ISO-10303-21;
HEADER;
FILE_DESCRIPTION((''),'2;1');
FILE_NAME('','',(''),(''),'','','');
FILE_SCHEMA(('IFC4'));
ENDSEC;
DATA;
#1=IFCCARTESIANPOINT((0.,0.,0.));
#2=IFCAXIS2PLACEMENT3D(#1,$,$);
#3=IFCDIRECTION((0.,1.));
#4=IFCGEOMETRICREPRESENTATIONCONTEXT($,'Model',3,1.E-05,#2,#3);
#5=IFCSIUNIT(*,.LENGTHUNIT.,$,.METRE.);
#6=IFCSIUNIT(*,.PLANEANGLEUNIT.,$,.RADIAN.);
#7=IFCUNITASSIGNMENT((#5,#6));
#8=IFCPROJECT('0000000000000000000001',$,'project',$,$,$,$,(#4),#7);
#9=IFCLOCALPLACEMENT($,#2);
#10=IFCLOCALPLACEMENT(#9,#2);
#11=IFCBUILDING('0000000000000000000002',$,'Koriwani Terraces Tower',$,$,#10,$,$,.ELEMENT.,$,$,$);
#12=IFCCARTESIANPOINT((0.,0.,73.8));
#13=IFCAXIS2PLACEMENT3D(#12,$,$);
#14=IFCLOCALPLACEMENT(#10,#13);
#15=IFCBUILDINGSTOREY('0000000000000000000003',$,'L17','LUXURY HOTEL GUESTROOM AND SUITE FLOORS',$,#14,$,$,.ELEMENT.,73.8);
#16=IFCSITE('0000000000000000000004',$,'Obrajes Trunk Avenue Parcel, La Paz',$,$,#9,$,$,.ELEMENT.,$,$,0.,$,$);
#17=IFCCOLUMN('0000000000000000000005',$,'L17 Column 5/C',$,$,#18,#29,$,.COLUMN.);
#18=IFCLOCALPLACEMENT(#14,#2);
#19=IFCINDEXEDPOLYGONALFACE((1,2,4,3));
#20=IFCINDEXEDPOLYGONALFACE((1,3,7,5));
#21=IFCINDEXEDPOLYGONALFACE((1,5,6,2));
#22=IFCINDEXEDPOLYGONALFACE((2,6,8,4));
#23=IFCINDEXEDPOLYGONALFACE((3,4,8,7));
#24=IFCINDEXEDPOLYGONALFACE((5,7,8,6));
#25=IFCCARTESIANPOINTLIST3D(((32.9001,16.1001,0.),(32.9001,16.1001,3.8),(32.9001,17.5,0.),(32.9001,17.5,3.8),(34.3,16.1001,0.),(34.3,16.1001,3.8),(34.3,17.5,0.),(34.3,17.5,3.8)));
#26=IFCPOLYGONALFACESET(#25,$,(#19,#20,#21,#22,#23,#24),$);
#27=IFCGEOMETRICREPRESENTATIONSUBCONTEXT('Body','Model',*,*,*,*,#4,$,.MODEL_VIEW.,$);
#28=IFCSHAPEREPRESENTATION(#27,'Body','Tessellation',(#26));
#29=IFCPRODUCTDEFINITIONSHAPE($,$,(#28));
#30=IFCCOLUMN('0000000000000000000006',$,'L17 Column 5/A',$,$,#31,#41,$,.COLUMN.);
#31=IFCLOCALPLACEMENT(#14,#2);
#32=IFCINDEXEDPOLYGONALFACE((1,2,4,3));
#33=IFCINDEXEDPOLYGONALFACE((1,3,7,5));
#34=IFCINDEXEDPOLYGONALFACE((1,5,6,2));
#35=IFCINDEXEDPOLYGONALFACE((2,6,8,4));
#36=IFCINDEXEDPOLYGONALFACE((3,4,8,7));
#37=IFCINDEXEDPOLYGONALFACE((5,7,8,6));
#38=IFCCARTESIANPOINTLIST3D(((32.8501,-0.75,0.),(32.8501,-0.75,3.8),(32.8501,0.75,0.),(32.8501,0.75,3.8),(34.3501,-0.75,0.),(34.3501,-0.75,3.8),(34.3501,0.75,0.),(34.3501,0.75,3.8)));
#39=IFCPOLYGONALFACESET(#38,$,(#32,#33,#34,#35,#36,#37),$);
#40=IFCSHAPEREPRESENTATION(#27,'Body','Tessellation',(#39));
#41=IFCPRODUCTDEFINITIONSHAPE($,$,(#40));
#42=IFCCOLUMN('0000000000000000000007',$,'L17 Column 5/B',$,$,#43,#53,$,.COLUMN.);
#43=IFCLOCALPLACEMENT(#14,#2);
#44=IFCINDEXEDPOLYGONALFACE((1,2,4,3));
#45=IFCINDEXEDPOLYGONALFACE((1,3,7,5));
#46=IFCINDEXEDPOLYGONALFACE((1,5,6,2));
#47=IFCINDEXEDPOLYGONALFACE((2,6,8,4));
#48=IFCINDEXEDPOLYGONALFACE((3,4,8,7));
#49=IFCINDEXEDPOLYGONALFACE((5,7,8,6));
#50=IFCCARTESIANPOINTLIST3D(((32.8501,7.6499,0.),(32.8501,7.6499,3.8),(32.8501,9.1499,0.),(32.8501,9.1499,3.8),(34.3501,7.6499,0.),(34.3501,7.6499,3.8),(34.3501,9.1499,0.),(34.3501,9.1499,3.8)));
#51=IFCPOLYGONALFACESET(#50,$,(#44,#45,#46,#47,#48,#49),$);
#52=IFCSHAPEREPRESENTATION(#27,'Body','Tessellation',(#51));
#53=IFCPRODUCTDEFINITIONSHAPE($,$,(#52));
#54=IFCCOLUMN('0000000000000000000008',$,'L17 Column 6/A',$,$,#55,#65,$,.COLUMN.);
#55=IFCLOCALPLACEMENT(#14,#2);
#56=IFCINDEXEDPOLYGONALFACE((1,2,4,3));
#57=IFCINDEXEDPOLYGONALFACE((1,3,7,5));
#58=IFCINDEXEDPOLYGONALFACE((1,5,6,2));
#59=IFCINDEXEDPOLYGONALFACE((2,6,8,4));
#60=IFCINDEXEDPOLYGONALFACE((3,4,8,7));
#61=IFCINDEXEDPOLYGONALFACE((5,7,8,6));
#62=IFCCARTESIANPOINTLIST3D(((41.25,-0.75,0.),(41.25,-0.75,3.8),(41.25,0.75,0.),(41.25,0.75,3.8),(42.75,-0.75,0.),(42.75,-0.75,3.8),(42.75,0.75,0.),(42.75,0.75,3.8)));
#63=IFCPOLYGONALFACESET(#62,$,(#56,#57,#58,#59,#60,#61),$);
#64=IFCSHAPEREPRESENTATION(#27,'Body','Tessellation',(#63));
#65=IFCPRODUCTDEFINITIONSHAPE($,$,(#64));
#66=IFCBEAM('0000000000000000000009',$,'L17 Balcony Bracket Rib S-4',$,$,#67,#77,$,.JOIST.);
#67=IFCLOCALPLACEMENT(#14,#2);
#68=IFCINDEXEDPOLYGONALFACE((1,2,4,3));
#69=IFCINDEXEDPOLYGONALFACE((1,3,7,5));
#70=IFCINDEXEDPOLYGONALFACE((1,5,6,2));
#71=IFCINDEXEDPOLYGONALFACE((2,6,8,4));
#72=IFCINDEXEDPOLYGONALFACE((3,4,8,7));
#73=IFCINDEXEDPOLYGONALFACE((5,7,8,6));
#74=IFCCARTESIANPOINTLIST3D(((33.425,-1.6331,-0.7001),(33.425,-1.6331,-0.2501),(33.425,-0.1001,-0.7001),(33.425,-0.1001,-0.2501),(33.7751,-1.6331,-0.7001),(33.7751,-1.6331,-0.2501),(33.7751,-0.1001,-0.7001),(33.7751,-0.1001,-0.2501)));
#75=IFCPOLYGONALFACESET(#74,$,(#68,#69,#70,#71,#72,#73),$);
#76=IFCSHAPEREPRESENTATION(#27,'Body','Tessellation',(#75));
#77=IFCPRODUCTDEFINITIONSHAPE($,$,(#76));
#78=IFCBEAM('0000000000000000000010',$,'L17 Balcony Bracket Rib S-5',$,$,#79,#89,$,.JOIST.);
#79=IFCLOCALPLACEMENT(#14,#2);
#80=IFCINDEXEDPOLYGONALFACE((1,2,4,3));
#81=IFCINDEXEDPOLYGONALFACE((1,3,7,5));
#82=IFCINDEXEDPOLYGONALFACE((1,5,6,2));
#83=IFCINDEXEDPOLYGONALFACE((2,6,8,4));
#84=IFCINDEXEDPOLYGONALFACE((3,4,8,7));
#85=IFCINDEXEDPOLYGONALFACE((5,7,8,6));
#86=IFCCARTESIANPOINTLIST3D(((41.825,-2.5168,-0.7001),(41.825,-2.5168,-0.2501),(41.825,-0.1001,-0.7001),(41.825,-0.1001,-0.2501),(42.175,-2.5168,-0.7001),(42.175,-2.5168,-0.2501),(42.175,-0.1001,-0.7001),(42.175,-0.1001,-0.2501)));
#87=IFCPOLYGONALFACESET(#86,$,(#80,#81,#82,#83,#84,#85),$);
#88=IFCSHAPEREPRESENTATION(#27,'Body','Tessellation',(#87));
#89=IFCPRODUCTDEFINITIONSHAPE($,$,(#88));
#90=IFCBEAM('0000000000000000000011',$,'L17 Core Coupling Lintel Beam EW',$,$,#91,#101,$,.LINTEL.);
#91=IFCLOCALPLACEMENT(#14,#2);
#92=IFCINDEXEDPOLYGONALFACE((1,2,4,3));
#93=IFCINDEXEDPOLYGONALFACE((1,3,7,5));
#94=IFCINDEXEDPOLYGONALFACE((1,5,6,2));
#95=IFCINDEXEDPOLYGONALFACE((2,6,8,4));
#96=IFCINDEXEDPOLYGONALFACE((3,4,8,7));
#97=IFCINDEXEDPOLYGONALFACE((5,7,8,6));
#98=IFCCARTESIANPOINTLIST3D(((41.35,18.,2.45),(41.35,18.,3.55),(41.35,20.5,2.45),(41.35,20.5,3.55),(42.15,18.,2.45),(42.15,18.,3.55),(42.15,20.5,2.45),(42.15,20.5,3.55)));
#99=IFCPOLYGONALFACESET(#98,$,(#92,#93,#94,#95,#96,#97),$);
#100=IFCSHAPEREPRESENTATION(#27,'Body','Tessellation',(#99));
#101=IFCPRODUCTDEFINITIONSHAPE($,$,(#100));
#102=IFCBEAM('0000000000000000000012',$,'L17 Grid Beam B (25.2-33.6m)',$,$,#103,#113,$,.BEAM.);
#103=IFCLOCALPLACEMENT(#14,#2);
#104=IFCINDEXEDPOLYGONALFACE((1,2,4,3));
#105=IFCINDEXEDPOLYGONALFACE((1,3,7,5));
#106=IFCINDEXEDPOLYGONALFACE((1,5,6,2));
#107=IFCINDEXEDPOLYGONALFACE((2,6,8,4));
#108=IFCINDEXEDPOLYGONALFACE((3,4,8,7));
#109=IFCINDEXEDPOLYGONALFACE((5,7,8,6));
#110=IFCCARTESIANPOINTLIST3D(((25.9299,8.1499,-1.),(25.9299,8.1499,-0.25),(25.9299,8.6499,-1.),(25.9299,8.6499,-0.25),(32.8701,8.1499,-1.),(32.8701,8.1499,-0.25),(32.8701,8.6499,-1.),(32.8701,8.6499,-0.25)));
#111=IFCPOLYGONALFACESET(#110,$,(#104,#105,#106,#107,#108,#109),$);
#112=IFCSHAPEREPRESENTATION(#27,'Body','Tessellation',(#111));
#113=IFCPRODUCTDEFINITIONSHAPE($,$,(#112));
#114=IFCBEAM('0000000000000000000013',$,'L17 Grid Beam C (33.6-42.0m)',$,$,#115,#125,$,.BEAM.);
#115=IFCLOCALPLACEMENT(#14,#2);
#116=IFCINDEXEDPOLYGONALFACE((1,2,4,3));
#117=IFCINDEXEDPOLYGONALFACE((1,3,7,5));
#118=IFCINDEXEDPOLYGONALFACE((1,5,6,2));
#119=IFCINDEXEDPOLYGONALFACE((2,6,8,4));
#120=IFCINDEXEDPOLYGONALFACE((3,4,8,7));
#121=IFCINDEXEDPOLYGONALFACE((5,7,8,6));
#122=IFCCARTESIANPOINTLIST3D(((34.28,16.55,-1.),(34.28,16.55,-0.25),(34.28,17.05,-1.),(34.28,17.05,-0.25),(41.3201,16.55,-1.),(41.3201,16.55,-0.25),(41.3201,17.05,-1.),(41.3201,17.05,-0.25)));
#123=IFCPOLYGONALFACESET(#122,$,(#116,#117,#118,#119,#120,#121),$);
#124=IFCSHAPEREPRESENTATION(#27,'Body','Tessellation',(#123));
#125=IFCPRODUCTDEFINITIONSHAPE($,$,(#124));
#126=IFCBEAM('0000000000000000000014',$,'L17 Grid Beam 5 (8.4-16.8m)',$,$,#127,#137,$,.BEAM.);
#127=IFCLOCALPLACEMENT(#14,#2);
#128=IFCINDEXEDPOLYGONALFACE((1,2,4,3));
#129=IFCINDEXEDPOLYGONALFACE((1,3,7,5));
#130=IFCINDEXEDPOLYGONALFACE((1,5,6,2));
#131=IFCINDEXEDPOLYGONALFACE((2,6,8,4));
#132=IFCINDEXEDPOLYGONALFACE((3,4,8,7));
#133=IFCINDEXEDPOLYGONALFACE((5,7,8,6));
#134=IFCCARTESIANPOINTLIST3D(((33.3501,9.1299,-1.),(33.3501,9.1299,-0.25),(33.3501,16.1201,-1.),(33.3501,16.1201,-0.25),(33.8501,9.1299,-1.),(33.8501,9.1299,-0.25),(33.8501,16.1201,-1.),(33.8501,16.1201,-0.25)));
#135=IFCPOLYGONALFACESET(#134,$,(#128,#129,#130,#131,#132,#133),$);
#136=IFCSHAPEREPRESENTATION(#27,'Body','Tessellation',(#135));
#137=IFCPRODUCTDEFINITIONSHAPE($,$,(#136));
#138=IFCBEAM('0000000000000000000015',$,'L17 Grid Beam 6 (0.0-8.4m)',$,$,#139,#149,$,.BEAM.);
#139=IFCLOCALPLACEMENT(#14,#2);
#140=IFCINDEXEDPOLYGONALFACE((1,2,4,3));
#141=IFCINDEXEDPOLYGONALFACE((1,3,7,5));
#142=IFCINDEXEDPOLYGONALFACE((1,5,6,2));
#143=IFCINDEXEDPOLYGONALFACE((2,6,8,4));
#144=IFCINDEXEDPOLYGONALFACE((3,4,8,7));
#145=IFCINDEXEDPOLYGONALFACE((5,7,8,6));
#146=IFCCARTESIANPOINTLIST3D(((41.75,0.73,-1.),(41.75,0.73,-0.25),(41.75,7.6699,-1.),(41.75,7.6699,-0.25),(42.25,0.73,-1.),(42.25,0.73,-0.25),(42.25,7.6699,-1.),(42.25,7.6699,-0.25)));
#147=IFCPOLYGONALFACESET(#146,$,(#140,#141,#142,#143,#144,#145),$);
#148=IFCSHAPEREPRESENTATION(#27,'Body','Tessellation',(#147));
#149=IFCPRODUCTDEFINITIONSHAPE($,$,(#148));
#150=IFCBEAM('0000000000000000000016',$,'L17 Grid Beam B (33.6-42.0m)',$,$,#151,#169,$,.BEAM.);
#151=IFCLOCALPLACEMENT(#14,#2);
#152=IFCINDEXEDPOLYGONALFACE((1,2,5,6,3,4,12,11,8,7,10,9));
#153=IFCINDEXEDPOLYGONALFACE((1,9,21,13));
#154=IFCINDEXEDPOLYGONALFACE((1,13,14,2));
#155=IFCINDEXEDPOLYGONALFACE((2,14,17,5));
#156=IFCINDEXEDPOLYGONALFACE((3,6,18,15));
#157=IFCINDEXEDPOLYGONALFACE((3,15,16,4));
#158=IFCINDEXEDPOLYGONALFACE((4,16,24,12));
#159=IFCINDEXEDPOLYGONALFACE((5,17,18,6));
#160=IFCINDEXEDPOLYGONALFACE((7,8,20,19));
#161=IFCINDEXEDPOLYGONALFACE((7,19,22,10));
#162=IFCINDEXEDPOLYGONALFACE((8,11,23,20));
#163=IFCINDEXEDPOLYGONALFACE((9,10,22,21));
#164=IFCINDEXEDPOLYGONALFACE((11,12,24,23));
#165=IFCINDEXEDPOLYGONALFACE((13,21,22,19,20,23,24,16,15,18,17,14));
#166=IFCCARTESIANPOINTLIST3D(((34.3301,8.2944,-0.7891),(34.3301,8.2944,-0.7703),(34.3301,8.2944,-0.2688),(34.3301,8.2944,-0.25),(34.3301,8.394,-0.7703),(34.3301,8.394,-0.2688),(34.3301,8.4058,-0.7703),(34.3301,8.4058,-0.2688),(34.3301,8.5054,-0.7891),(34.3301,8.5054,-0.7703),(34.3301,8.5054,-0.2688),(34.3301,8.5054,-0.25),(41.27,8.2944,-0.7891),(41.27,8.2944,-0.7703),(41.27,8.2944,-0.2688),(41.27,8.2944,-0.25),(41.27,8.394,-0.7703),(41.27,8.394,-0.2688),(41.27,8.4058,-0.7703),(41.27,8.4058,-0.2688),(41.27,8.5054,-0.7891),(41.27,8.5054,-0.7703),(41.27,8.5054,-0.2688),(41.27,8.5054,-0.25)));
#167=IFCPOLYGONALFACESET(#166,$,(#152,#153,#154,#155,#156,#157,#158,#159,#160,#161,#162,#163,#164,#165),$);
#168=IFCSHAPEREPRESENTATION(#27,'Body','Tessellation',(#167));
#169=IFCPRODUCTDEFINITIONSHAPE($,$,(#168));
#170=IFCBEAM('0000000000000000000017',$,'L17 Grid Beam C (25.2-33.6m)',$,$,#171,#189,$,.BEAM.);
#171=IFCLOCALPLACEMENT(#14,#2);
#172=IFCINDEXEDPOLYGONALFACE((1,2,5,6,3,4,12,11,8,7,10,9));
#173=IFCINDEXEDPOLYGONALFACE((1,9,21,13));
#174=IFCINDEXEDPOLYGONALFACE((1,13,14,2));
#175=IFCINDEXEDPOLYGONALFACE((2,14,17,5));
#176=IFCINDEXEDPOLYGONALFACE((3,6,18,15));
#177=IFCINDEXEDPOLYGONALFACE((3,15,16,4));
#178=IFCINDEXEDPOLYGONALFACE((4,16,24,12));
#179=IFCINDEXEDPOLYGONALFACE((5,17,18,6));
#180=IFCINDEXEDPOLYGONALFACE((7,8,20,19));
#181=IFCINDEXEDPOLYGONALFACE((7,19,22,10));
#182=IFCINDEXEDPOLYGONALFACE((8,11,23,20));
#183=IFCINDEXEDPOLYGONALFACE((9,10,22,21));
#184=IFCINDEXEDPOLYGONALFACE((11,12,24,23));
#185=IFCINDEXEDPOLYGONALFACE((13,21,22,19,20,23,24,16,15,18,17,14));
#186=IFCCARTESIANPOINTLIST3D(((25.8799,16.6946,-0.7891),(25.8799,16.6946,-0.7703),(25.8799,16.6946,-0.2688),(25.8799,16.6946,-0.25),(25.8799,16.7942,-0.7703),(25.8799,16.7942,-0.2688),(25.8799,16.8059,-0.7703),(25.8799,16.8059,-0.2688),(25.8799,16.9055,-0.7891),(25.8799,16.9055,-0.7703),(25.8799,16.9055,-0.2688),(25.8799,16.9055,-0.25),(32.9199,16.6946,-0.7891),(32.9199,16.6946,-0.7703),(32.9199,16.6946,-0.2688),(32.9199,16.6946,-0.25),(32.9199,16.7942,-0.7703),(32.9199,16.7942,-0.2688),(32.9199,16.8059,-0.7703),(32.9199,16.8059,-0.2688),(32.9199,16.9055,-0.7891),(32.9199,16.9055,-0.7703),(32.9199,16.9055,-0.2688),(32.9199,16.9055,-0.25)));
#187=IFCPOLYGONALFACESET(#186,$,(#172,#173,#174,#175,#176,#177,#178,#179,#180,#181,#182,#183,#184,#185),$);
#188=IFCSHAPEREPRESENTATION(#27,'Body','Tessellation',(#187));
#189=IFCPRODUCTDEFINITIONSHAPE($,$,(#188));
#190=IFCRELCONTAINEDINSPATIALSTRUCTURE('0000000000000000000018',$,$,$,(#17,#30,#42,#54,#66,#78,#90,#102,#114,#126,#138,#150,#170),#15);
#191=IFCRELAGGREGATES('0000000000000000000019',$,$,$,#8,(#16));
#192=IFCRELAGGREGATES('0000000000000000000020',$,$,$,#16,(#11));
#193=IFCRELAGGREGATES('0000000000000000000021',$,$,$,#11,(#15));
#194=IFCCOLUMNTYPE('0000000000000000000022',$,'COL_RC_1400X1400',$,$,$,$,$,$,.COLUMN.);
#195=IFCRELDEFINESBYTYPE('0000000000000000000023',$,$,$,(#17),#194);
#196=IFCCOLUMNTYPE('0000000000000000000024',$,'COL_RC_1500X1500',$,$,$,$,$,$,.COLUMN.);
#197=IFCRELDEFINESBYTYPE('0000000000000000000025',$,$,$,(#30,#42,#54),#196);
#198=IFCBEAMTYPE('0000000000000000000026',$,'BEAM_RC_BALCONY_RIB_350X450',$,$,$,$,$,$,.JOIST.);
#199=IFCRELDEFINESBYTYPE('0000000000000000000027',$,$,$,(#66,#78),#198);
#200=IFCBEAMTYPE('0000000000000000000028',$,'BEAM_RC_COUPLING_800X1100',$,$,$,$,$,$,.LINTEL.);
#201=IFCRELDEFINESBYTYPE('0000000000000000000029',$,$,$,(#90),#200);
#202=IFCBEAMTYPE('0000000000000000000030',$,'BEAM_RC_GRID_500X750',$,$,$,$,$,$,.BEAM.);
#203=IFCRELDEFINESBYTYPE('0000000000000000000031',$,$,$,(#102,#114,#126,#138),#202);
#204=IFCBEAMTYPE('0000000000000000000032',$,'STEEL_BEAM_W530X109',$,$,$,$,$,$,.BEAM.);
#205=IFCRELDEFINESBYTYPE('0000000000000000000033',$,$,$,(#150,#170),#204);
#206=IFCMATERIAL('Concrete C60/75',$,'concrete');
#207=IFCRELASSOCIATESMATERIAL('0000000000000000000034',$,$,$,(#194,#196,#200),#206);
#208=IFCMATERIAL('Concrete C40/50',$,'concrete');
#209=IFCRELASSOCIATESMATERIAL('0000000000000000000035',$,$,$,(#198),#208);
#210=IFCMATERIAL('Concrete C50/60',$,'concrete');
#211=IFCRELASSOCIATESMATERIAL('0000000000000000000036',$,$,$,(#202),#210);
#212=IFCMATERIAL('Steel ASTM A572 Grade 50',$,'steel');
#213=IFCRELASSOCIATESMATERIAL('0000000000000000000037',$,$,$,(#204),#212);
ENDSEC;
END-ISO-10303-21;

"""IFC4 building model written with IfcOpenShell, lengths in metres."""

from ifc_helpers import new_model, si_unit, direction, frame, origin, origin_2d, place, context, subcontext, project, spatial, rectangle, i_section, extrude, material, material_profile, profile_set, type_object, element, save


model = new_model("IFC4")

# Units and contexts
model_context = context("Model", 3, precision=1e-05, world=origin(), true_north=direction((0.0, 1.0)))
body_context = subcontext(model_context, "Body", "Model", "MODEL_VIEW")
ifc_project = project(units=[si_unit("LENGTHUNIT", "METRE"), si_unit("PLANEANGLEUNIT", "RADIAN")], contexts=[model_context])

# Site, building, storey
site_placement = place(None, origin())
site = spatial("IfcSite", under=ifc_project, at=site_placement, Name="Obrajes Trunk Avenue Parcel, La Paz", CompositionType="ELEMENT", RefElevation=0.0)
building_placement = place(site_placement, origin())
building = spatial("IfcBuilding", under=site, at=building_placement, Name="Koriwani Terraces Tower", CompositionType="ELEMENT")
storey_placement = place(building_placement, frame((0.0, 0.0, 73.8)))
storey = spatial("IfcBuildingStorey", under=building, at=storey_placement, Name="L17", Description="LUXURY HOTEL GUESTROOM AND SUITE FLOORS", CompositionType="ELEMENT", Elevation=73.8)

# Columns
ifc_material_1 = material(Name="Concrete C60/75", Category="concrete")
ifc_material_profile_1 = material_profile(ifc_material_1, rectangle(XDim=1.3999, YDim=1.3999, at=origin_2d()), Name="Concrete C60/75", Category="LoadBearing")
ifc_profile_set_1 = profile_set([ifc_material_profile_1], Name="Concrete C60/75")
column_type_1 = type_object("IfcColumnType", Name="COL_RC_1400X1400", PredefinedType="COLUMN", material=ifc_profile_set_1)
column_placement = place(storey_placement, frame((33.6001, 16.8, 0.0), z_axis=(0.0, 0.0, 1.0), x_axis=(1.0, 0.0, 0.0)))
element("IfcColumn", 1, at=column_placement, inside=storey, type_object=column_type_1, Name="L17 Column 5/C", PredefinedType="COLUMN", context=body_context, shape_type="SweptSolid", body=[
    extrude(rectangle(XDim=1.3999, YDim=1.3999, at=origin_2d()), origin(), (0.0, 0.0, 1.0), 3.8),
])
ifc_material_profile_2 = material_profile(ifc_material_1, rectangle(XDim=1.5, YDim=1.5, at=origin_2d()), Name="Concrete C60/75", Category="LoadBearing")
ifc_profile_set_2 = profile_set([ifc_material_profile_2], Name="Concrete C60/75")
column_type_2 = type_object("IfcColumnType", Name="COL_RC_1500X1500", PredefinedType="COLUMN", material=ifc_profile_set_2)
for number, where, z_axis, x_axis, name in (
    (2, (33.6001, 0.0, 0.0), (0.0, 0.0, 1.0), (1.0, 0.0, 0.0), "L17 Column 5/A"),
    (3, (33.6001, 8.3999, 0.0), (0.0, 0.0, 1.0), (1.0, 0.0, 0.0), "L17 Column 5/B"),
    (4, (42.0, 0.0, 0.0), (0.0, 0.0, 1.0), (1.0, 0.0, 0.0), "L17 Column 6/A"),
):
    element("IfcColumn", number, at=place(storey_placement, frame(where, z_axis=z_axis, x_axis=x_axis)), inside=storey, type_object=column_type_2, Name=name, PredefinedType="COLUMN", context=body_context, shape_type="SweptSolid", body=[
        extrude(rectangle(XDim=1.5, YDim=1.5, at=origin_2d()), origin(), (0.0, 0.0, 1.0), 3.8),
    ])

# Beams
ifc_material_2 = material(Name="Concrete C40/50", Category="concrete")
ifc_material_profile_3 = material_profile(ifc_material_2, rectangle(XDim=0.3501, YDim=0.45, at=origin_2d()), Name="Concrete C40/50", Category="LoadBearing")
ifc_profile_set_3 = profile_set([ifc_material_profile_3], Name="Concrete C40/50")
beam_type_1 = type_object("IfcBeamType", Name="BEAM_RC_BALCONY_RIB_350X450", PredefinedType="JOIST", material=ifc_profile_set_3)
beam_1_placement = place(storey_placement, frame((33.6001, -1.6331, -0.4751), z_axis=(0.0, 1.0, 0.0), x_axis=(-1.0, 0.0, 0.0)))
element("IfcBeam", 5, at=beam_1_placement, inside=storey, type_object=beam_type_1, Name="L17 Balcony Bracket Rib S-4", PredefinedType="JOIST", context=body_context, shape_type="SweptSolid", body=[
    extrude(rectangle(XDim=0.3501, YDim=0.45, at=origin_2d()), origin(), (0.0, 0.0, 1.0), 1.533),
])
beam_2_placement = place(storey_placement, frame((42.0, -2.5168, -0.4751), z_axis=(0.0, 1.0, 0.0), x_axis=(-1.0, 0.0, 0.0)))
element("IfcBeam", 6, at=beam_2_placement, inside=storey, type_object=beam_type_1, Name="L17 Balcony Bracket Rib S-5", PredefinedType="JOIST", context=body_context, shape_type="SweptSolid", body=[
    extrude(rectangle(XDim=0.3501, YDim=0.45, at=origin_2d()), origin(), (0.0, 0.0, 1.0), 2.4167),
])
ifc_material_profile_4 = material_profile(ifc_material_1, rectangle(XDim=0.8, YDim=1.1001, at=origin_2d()), Name="Concrete C60/75", Category="LoadBearing")
ifc_profile_set_4 = profile_set([ifc_material_profile_4], Name="Concrete C60/75")
beam_type_2 = type_object("IfcBeamType", Name="BEAM_RC_COUPLING_800X1100", PredefinedType="LINTEL", material=ifc_profile_set_4)
beam_3_placement = place(storey_placement, frame((41.75, 18.0, 3.0), z_axis=(0.0, 1.0, 0.0), x_axis=(-1.0, 0.0, 0.0)))
element("IfcBeam", 7, at=beam_3_placement, inside=storey, type_object=beam_type_2, Name="L17 Core Coupling Lintel Beam EW", PredefinedType="LINTEL", context=body_context, shape_type="SweptSolid", body=[
    extrude(rectangle(XDim=0.8, YDim=1.1001, at=origin_2d()), origin(), (0.0, 0.0, 1.0), 2.5),
])
ifc_material_3 = material(Name="Concrete C50/60", Category="concrete")
ifc_material_profile_5 = material_profile(ifc_material_3, rectangle(XDim=0.5, YDim=0.75, at=origin_2d()), Name="Concrete C50/60", Category="LoadBearing")
ifc_profile_set_5 = profile_set([ifc_material_profile_5], Name="Concrete C50/60")
beam_type_3 = type_object("IfcBeamType", Name="BEAM_RC_GRID_500X750", PredefinedType="BEAM", material=ifc_profile_set_5)
beam_4_placement = place(storey_placement, frame((25.9299, 8.3999, -0.625), z_axis=(1.0, 0.0, 0.0), x_axis=(0.0, 1.0, 0.0)))
element("IfcBeam", 8, at=beam_4_placement, inside=storey, type_object=beam_type_3, Name="L17 Grid Beam B (25.2-33.6m)", PredefinedType="BEAM", context=body_context, shape_type="SweptSolid", body=[
    extrude(rectangle(XDim=0.5, YDim=0.75, at=origin_2d()), origin(), (0.0, 0.0, 1.0), 6.9402),
])
beam_5_placement = place(storey_placement, frame((34.28, 16.8, -0.625), z_axis=(1.0, 0.0, 0.0), x_axis=(0.0, 1.0, 0.0)))
element("IfcBeam", 9, at=beam_5_placement, inside=storey, type_object=beam_type_3, Name="L17 Grid Beam C (33.6-42.0m)", PredefinedType="BEAM", context=body_context, shape_type="SweptSolid", body=[
    extrude(rectangle(XDim=0.5, YDim=0.75, at=origin_2d()), origin(), (0.0, 0.0, 1.0), 7.04),
])
beam_6_placement = place(storey_placement, frame((33.6001, 9.1299, -0.625), z_axis=(0.0, 1.0, 0.0), x_axis=(-1.0, 0.0, 0.0)))
element("IfcBeam", 10, at=beam_6_placement, inside=storey, type_object=beam_type_3, Name="L17 Grid Beam 5 (8.4-16.8m)", PredefinedType="BEAM", context=body_context, shape_type="SweptSolid", body=[
    extrude(rectangle(XDim=0.5, YDim=0.75, at=origin_2d()), origin(), (0.0, 0.0, 1.0), 6.9902),
])
beam_7_placement = place(storey_placement, frame((42.0, 0.73, -0.625), z_axis=(0.0, 1.0, 0.0), x_axis=(-1.0, 0.0, 0.0)))
element("IfcBeam", 11, at=beam_7_placement, inside=storey, type_object=beam_type_3, Name="L17 Grid Beam 6 (0.0-8.4m)", PredefinedType="BEAM", context=body_context, shape_type="SweptSolid", body=[
    extrude(rectangle(XDim=0.5, YDim=0.75, at=origin_2d()), origin(), (0.0, 0.0, 1.0), 6.9399),
])
ifc_material_4 = material(Name="Steel ASTM A572 Grade 50", Category="steel")
ifc_material_profile_6 = material_profile(ifc_material_4, i_section(OverallWidth=0.2109, OverallDepth=0.5391, WebThickness=0.0117, FlangeThickness=0.0188, at=origin_2d()), Name="Steel ASTM A572 Grade 50", Category="LoadBearing")
ifc_profile_set_6 = profile_set([ifc_material_profile_6], Name="Steel ASTM A572 Grade 50")
beam_type_4 = type_object("IfcBeamType", Name="STEEL_BEAM_W530X109", PredefinedType="BEAM", material=ifc_profile_set_6)
beam_8_placement = place(storey_placement, frame((34.3301, 8.3999, -0.5195), z_axis=(1.0, 0.0, 0.0), x_axis=(0.0, 1.0, 0.0)))
element("IfcBeam", 12, at=beam_8_placement, inside=storey, type_object=beam_type_4, Name="L17 Grid Beam B (33.6-42.0m)", PredefinedType="BEAM", context=body_context, shape_type="SweptSolid", body=[
    extrude(i_section(OverallWidth=0.2109, OverallDepth=0.5391, WebThickness=0.0117, FlangeThickness=0.0188, at=origin_2d()), origin(), (0.0, 0.0, 1.0), 6.9399),
])
beam_9_placement = place(storey_placement, frame((25.8799, 16.8, -0.5195), z_axis=(1.0, 0.0, 0.0), x_axis=(0.0, 1.0, 0.0)))
element("IfcBeam", 13, at=beam_9_placement, inside=storey, type_object=beam_type_4, Name="L17 Grid Beam C (25.2-33.6m)", PredefinedType="BEAM", context=body_context, shape_type="SweptSolid", body=[
    extrude(i_section(OverallWidth=0.2109, OverallDepth=0.5391, WebThickness=0.0117, FlangeThickness=0.0188, at=origin_2d()), origin(), (0.0, 0.0, 1.0), 7.04),
])

save(model, "model.ifc")
